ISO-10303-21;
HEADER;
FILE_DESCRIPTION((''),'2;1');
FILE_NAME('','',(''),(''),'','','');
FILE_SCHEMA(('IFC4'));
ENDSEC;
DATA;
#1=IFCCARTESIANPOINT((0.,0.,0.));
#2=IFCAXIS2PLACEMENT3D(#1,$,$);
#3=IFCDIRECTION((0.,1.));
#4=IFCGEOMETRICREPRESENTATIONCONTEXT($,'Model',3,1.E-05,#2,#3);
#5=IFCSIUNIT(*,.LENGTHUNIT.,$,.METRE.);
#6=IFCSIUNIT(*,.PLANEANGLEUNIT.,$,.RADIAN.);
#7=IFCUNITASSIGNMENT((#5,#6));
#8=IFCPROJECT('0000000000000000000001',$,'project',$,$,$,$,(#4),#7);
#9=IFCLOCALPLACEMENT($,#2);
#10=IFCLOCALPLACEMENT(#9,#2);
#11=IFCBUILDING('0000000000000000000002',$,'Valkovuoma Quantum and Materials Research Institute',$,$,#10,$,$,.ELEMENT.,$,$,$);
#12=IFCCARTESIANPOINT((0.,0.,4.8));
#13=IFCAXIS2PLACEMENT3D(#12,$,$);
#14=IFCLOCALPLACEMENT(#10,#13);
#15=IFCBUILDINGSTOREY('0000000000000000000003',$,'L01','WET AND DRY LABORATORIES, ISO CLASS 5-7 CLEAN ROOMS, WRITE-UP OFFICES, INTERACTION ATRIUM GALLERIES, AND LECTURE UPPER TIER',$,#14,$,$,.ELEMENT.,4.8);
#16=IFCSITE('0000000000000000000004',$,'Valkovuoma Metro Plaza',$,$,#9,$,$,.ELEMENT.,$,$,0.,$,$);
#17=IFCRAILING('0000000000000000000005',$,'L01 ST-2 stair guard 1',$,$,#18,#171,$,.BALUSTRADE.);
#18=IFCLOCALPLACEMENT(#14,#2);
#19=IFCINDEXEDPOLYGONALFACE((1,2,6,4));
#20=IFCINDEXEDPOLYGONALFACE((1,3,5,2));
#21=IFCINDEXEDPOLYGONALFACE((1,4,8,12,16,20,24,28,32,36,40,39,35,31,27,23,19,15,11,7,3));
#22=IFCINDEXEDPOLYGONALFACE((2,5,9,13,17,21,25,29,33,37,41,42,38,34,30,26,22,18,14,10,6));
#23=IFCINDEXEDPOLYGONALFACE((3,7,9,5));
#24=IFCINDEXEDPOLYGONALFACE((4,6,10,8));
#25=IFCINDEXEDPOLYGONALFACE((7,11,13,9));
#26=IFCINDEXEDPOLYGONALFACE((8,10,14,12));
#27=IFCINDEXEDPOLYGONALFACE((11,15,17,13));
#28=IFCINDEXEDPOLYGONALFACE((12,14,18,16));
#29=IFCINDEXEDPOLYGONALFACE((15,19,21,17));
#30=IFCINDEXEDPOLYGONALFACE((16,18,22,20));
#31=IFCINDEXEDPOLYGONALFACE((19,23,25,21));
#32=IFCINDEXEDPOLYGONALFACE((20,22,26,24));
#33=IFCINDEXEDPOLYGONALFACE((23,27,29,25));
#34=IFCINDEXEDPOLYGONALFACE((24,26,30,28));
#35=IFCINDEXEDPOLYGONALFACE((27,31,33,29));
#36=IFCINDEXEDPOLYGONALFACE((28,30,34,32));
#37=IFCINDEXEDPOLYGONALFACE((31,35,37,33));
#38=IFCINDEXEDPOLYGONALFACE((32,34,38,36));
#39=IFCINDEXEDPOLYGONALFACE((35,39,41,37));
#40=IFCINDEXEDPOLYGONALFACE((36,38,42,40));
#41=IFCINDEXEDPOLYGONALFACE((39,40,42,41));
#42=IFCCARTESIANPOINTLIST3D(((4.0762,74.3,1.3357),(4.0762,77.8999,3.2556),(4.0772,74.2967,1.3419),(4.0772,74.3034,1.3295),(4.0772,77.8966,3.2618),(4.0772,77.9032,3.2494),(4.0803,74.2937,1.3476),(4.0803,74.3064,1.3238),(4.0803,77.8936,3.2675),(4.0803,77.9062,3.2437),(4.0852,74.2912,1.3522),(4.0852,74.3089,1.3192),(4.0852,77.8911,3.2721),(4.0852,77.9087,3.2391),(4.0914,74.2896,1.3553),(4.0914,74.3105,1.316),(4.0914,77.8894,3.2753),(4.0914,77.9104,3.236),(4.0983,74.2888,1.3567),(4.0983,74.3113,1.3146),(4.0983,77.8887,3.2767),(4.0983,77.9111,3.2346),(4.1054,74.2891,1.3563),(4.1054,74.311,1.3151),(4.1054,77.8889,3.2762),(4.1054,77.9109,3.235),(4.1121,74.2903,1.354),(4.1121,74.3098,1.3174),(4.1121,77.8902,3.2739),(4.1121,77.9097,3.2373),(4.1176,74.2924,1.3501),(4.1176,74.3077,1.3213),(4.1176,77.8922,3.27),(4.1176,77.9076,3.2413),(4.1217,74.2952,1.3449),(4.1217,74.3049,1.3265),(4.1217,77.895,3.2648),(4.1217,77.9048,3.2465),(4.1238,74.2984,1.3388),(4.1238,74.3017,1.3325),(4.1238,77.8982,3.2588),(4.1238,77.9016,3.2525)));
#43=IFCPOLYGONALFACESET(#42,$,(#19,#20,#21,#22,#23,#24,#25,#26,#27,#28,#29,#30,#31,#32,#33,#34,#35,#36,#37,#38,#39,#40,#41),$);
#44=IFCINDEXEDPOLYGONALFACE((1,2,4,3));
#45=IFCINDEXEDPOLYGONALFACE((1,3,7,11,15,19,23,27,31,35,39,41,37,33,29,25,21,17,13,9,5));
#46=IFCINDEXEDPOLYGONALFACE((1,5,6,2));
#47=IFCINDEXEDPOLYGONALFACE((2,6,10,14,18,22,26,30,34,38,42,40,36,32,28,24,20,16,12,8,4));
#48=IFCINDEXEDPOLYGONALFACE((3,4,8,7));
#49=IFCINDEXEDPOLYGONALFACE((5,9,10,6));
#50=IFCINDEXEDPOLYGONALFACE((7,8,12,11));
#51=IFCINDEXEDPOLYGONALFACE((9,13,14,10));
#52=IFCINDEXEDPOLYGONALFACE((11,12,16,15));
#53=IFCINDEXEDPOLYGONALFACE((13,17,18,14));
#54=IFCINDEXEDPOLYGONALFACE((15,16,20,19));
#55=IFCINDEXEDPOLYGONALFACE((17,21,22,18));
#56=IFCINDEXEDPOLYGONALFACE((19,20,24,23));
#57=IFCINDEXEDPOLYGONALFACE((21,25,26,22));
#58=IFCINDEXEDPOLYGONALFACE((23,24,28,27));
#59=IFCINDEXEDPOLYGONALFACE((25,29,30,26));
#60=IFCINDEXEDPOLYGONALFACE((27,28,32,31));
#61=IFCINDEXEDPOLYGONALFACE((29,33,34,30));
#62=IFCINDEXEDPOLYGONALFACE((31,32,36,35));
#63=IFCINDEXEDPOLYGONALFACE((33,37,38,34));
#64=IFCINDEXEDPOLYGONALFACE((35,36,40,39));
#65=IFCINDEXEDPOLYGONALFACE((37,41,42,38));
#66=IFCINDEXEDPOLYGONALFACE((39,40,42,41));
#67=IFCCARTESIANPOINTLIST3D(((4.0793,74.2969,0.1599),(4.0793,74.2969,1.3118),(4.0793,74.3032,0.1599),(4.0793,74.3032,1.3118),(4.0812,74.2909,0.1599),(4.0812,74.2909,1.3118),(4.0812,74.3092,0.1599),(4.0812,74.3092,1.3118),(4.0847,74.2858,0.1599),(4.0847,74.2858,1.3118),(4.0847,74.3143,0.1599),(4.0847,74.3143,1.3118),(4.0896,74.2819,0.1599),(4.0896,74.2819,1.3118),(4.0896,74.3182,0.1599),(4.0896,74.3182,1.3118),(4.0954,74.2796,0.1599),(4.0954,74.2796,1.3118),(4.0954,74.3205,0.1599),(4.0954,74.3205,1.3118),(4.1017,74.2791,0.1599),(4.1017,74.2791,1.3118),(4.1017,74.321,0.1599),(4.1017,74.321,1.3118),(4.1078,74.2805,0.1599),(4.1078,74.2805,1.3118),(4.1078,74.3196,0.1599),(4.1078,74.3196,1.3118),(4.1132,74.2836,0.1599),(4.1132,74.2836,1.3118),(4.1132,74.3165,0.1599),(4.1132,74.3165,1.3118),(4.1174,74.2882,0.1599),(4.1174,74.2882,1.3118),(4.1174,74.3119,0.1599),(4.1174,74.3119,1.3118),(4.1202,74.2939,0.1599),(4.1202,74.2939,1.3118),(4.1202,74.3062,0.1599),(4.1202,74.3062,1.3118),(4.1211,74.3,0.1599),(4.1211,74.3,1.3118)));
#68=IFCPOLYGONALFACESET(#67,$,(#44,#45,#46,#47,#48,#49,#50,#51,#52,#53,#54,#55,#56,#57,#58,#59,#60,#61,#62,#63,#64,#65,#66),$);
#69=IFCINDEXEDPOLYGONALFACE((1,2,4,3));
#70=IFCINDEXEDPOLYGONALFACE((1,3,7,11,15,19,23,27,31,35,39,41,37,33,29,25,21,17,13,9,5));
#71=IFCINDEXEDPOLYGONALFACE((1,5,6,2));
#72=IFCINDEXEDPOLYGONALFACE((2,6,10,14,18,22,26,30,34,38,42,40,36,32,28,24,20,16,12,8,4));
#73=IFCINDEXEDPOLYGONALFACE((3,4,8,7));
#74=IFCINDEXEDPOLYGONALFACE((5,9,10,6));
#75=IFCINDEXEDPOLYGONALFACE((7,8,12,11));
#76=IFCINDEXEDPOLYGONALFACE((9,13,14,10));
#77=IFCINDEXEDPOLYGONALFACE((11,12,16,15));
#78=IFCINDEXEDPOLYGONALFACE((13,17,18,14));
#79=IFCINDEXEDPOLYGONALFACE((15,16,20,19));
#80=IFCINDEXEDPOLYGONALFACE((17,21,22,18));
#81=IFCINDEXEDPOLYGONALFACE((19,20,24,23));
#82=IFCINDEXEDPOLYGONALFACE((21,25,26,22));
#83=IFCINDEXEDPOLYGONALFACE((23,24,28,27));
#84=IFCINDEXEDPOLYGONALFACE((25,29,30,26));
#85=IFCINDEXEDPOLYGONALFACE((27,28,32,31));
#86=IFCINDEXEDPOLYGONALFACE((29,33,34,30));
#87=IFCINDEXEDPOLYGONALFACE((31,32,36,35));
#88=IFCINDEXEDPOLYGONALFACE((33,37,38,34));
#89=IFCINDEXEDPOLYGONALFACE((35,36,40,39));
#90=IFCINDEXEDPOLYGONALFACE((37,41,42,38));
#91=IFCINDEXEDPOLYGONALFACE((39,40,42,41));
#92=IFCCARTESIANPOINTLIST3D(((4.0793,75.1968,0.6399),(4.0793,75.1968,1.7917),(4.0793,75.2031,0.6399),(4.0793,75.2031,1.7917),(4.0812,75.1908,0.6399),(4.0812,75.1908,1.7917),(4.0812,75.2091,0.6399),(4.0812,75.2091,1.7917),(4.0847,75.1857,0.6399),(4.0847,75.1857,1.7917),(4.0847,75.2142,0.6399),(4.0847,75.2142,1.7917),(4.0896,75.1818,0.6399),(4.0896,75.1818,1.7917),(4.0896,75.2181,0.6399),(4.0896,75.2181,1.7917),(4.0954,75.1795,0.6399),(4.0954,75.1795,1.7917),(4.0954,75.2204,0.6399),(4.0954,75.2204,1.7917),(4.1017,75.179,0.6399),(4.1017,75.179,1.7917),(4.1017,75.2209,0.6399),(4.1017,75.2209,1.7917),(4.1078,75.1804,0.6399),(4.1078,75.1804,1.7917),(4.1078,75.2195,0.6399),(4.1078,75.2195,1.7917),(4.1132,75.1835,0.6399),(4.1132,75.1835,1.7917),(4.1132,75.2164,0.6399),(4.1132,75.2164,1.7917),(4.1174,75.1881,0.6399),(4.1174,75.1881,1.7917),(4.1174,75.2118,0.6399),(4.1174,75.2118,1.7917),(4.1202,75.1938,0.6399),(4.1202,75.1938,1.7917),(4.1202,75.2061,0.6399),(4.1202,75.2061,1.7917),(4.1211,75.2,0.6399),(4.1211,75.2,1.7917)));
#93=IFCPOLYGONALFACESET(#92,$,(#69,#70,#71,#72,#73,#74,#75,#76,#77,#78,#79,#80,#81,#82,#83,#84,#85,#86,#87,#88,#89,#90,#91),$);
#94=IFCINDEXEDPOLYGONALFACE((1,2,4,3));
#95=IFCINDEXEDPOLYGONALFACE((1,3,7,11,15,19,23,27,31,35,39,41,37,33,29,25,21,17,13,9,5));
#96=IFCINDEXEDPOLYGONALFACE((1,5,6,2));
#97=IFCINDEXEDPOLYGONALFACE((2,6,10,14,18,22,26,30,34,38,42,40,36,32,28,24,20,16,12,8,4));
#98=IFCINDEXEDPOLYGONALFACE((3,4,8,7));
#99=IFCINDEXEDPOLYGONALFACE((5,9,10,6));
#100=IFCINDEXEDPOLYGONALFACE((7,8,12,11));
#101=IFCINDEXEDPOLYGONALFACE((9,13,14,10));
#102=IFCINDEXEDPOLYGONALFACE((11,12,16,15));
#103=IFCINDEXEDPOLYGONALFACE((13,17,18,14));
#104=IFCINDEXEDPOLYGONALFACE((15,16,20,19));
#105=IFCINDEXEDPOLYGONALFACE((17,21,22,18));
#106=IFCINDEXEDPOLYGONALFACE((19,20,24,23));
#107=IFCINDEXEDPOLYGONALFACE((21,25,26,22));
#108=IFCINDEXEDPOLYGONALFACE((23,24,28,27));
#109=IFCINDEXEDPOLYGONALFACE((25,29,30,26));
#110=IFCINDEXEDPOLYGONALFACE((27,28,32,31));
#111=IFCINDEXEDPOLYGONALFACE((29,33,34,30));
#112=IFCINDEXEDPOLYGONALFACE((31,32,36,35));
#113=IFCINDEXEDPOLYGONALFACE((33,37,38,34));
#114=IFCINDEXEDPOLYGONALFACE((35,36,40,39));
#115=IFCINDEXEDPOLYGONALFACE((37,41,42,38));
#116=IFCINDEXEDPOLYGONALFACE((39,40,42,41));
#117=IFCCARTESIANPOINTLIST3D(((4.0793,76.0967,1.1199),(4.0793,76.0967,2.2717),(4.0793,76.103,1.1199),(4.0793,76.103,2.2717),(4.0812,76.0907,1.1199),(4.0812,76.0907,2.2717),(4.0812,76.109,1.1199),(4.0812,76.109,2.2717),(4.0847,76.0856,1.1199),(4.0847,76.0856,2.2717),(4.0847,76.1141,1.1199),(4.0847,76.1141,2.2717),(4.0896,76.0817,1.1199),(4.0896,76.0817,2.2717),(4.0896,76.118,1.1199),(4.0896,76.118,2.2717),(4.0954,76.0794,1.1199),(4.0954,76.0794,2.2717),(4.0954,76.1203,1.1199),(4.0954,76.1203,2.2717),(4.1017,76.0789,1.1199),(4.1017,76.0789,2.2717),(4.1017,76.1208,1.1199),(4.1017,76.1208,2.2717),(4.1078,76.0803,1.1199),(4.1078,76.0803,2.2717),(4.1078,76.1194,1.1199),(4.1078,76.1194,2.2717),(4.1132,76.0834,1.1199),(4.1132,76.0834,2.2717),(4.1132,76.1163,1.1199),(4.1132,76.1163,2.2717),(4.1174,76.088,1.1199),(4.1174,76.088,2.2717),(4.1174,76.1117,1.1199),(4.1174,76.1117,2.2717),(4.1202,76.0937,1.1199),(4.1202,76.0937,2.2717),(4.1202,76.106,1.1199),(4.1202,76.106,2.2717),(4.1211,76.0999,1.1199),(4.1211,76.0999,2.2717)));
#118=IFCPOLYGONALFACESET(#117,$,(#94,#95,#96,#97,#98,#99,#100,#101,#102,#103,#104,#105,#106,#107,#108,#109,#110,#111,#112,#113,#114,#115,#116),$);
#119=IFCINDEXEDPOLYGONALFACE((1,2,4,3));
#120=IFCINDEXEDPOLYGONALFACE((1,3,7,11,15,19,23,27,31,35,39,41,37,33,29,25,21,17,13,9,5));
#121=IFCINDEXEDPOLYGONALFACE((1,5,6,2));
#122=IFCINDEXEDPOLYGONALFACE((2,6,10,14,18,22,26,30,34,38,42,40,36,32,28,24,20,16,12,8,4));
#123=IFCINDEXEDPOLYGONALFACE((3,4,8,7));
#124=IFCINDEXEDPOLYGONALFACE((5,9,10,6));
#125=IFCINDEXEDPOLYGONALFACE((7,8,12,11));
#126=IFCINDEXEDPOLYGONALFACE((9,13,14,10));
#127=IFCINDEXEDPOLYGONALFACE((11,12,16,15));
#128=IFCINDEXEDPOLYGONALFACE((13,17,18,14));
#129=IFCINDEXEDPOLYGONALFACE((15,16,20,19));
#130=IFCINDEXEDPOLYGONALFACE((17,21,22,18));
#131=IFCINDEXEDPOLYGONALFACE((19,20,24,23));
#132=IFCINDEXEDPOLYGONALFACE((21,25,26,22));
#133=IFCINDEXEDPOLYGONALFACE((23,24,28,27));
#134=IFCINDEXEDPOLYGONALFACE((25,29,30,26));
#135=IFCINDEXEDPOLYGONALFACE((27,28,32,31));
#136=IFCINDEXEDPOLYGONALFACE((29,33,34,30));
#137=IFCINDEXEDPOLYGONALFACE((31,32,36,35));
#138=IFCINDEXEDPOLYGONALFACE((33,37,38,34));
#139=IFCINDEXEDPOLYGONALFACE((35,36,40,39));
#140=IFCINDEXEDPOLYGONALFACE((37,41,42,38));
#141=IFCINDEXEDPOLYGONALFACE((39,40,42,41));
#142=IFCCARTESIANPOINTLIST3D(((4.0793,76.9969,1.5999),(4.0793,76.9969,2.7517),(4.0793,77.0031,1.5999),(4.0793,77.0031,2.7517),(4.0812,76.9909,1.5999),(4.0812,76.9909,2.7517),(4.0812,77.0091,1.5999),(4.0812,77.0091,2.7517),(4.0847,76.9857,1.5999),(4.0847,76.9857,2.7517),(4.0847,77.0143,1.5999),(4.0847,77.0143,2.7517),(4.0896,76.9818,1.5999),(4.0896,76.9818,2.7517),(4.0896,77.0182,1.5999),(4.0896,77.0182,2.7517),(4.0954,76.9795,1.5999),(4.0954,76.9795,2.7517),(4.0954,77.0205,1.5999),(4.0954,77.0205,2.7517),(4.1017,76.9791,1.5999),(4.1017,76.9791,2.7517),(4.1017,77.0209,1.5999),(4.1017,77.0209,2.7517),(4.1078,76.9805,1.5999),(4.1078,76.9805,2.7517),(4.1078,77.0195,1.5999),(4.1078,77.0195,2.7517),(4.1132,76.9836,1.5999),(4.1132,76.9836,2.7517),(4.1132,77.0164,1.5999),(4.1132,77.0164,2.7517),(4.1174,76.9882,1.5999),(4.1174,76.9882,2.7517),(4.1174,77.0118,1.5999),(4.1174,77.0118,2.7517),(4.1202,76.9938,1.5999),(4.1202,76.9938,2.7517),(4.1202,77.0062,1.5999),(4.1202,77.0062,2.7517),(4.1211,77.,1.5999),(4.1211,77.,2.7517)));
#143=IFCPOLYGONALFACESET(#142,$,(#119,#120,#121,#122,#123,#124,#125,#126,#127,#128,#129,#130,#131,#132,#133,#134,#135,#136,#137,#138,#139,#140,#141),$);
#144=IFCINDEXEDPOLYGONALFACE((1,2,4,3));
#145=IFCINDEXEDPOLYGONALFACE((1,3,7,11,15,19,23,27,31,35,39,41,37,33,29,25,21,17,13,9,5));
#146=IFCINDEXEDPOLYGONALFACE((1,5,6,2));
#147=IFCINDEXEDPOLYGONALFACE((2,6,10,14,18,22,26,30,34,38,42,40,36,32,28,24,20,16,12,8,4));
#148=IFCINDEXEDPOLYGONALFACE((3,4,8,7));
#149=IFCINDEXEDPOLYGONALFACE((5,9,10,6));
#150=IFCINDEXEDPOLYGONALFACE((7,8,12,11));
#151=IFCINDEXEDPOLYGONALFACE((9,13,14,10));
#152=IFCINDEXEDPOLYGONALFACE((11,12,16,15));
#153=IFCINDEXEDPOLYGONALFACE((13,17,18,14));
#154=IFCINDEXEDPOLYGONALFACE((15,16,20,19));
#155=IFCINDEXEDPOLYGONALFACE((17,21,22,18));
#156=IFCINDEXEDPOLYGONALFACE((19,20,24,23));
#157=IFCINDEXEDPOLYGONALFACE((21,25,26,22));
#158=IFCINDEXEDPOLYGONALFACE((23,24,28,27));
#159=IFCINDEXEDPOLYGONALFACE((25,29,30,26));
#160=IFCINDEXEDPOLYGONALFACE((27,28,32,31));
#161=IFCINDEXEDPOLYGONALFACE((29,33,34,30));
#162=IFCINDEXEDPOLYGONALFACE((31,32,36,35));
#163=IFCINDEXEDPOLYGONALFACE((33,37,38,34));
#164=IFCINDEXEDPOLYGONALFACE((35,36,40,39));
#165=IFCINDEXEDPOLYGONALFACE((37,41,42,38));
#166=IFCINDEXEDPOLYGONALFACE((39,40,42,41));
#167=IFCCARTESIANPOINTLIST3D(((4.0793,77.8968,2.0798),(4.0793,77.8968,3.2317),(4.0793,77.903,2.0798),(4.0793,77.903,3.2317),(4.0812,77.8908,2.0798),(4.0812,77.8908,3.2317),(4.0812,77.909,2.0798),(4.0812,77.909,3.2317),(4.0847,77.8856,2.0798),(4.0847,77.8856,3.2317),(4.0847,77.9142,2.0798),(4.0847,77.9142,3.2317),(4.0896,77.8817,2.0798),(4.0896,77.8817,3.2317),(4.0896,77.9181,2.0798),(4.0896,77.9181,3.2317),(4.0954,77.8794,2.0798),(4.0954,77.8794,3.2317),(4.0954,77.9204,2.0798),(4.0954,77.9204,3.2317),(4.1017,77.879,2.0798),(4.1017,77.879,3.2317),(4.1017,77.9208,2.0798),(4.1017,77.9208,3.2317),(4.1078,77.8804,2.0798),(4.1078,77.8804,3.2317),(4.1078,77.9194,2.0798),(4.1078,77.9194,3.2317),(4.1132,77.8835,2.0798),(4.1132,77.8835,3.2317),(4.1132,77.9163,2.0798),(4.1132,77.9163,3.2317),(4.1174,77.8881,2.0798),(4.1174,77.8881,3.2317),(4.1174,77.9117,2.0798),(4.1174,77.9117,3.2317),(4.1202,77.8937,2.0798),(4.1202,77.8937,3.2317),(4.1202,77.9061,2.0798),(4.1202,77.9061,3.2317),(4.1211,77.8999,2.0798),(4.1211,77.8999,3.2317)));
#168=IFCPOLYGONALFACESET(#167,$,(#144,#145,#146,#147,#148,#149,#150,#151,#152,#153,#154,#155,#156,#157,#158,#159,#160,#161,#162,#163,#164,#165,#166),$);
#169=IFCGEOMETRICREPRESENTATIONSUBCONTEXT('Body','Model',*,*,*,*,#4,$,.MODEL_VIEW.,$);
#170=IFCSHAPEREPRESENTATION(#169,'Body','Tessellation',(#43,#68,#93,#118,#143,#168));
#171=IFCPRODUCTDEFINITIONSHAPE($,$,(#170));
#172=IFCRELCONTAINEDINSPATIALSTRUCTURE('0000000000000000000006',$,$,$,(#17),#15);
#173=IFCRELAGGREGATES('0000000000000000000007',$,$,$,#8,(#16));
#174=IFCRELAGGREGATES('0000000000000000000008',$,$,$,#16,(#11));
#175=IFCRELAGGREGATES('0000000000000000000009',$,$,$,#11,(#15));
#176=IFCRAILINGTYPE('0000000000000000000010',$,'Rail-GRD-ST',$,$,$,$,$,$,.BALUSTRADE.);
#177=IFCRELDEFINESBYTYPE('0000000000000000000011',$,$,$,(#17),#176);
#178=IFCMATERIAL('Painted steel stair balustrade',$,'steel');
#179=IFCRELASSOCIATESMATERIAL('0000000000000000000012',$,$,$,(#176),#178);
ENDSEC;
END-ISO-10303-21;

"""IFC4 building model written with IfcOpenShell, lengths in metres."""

from ifc_helpers import new_model, si_unit, direction, frame, origin, origin_2d, place, context, subcontext, project, spatial, circle, extrude, material, type_object, element, save


model = new_model("IFC4")

# Units and contexts
model_context = context("Model", 3, precision=1e-05, world=origin(), true_north=direction((0.0, 1.0)))
body_context = subcontext(model_context, "Body", "Model", "MODEL_VIEW")
ifc_project = project(units=[si_unit("LENGTHUNIT", "METRE"), si_unit("PLANEANGLEUNIT", "RADIAN")], contexts=[model_context])

# Site, building, storey
site_placement = place(None, origin())
site = spatial("IfcSite", under=ifc_project, at=site_placement, Name="Valkovuoma Metro Plaza", CompositionType="ELEMENT", RefElevation=0.0)
building_placement = place(site_placement, origin())
building = spatial("IfcBuilding", under=site, at=building_placement, Name="Valkovuoma Quantum and Materials Research Institute", CompositionType="ELEMENT")
storey_placement = place(building_placement, frame((0.0, 0.0, 4.8)))
storey = spatial("IfcBuildingStorey", under=building, at=storey_placement, Name="L01", Description="WET AND DRY LABORATORIES, ISO CLASS 5-7 CLEAN ROOMS, WRITE-UP OFFICES, INTERACTION ATRIUM GALLERIES, AND LECTURE UPPER TIER", CompositionType="ELEMENT", Elevation=4.8)

# Railing
ifc_material_1 = material(Name="Painted steel stair balustrade", Category="steel")
railing_type_1 = type_object("IfcRailingType", Name="Rail-GRD-ST", PredefinedType="BALUSTRADE", material=ifc_material_1)
railing_1_placement = place(storey_placement, frame((4.1001, 74.3, 0.1599)))
element("IfcRailing", 1, at=railing_1_placement, inside=storey, type_object=railing_type_1, Name="L01 ST-2 stair guard 1", PredefinedType="BALUSTRADE", context=body_context, shape_type="SweptSolid", body=[
    extrude(circle(Radius=0.0239, at=origin_2d()), frame((0.0, 0.0, 1.1758), z_axis=(0.0, 0.882353, 0.470588), x_axis=(-1.0, 0.0, 0.0)), (0.0, 0.0, 1.0), 4.0798),
    extrude(circle(Radius=0.021, at=origin_2d()), origin(), (0.0, 0.0, 1.0), 1.1519),
    extrude(circle(Radius=0.021, at=origin_2d()), frame((0.0, 0.8999, 0.48)), (0.0, 0.0, 1.0), 1.1519),
    extrude(circle(Radius=0.021, at=origin_2d()), frame((0.0, 1.7998, 0.96)), (0.0, 0.0, 1.0), 1.1519),
    extrude(circle(Radius=0.021, at=origin_2d()), frame((0.0, 2.7, 1.4399)), (0.0, 0.0, 1.0), 1.1519),
    extrude(circle(Radius=0.021, at=origin_2d()), frame((0.0, 3.5999, 1.9199)), (0.0, 0.0, 1.0), 1.1519),
])

save(model, "model.ifc")
